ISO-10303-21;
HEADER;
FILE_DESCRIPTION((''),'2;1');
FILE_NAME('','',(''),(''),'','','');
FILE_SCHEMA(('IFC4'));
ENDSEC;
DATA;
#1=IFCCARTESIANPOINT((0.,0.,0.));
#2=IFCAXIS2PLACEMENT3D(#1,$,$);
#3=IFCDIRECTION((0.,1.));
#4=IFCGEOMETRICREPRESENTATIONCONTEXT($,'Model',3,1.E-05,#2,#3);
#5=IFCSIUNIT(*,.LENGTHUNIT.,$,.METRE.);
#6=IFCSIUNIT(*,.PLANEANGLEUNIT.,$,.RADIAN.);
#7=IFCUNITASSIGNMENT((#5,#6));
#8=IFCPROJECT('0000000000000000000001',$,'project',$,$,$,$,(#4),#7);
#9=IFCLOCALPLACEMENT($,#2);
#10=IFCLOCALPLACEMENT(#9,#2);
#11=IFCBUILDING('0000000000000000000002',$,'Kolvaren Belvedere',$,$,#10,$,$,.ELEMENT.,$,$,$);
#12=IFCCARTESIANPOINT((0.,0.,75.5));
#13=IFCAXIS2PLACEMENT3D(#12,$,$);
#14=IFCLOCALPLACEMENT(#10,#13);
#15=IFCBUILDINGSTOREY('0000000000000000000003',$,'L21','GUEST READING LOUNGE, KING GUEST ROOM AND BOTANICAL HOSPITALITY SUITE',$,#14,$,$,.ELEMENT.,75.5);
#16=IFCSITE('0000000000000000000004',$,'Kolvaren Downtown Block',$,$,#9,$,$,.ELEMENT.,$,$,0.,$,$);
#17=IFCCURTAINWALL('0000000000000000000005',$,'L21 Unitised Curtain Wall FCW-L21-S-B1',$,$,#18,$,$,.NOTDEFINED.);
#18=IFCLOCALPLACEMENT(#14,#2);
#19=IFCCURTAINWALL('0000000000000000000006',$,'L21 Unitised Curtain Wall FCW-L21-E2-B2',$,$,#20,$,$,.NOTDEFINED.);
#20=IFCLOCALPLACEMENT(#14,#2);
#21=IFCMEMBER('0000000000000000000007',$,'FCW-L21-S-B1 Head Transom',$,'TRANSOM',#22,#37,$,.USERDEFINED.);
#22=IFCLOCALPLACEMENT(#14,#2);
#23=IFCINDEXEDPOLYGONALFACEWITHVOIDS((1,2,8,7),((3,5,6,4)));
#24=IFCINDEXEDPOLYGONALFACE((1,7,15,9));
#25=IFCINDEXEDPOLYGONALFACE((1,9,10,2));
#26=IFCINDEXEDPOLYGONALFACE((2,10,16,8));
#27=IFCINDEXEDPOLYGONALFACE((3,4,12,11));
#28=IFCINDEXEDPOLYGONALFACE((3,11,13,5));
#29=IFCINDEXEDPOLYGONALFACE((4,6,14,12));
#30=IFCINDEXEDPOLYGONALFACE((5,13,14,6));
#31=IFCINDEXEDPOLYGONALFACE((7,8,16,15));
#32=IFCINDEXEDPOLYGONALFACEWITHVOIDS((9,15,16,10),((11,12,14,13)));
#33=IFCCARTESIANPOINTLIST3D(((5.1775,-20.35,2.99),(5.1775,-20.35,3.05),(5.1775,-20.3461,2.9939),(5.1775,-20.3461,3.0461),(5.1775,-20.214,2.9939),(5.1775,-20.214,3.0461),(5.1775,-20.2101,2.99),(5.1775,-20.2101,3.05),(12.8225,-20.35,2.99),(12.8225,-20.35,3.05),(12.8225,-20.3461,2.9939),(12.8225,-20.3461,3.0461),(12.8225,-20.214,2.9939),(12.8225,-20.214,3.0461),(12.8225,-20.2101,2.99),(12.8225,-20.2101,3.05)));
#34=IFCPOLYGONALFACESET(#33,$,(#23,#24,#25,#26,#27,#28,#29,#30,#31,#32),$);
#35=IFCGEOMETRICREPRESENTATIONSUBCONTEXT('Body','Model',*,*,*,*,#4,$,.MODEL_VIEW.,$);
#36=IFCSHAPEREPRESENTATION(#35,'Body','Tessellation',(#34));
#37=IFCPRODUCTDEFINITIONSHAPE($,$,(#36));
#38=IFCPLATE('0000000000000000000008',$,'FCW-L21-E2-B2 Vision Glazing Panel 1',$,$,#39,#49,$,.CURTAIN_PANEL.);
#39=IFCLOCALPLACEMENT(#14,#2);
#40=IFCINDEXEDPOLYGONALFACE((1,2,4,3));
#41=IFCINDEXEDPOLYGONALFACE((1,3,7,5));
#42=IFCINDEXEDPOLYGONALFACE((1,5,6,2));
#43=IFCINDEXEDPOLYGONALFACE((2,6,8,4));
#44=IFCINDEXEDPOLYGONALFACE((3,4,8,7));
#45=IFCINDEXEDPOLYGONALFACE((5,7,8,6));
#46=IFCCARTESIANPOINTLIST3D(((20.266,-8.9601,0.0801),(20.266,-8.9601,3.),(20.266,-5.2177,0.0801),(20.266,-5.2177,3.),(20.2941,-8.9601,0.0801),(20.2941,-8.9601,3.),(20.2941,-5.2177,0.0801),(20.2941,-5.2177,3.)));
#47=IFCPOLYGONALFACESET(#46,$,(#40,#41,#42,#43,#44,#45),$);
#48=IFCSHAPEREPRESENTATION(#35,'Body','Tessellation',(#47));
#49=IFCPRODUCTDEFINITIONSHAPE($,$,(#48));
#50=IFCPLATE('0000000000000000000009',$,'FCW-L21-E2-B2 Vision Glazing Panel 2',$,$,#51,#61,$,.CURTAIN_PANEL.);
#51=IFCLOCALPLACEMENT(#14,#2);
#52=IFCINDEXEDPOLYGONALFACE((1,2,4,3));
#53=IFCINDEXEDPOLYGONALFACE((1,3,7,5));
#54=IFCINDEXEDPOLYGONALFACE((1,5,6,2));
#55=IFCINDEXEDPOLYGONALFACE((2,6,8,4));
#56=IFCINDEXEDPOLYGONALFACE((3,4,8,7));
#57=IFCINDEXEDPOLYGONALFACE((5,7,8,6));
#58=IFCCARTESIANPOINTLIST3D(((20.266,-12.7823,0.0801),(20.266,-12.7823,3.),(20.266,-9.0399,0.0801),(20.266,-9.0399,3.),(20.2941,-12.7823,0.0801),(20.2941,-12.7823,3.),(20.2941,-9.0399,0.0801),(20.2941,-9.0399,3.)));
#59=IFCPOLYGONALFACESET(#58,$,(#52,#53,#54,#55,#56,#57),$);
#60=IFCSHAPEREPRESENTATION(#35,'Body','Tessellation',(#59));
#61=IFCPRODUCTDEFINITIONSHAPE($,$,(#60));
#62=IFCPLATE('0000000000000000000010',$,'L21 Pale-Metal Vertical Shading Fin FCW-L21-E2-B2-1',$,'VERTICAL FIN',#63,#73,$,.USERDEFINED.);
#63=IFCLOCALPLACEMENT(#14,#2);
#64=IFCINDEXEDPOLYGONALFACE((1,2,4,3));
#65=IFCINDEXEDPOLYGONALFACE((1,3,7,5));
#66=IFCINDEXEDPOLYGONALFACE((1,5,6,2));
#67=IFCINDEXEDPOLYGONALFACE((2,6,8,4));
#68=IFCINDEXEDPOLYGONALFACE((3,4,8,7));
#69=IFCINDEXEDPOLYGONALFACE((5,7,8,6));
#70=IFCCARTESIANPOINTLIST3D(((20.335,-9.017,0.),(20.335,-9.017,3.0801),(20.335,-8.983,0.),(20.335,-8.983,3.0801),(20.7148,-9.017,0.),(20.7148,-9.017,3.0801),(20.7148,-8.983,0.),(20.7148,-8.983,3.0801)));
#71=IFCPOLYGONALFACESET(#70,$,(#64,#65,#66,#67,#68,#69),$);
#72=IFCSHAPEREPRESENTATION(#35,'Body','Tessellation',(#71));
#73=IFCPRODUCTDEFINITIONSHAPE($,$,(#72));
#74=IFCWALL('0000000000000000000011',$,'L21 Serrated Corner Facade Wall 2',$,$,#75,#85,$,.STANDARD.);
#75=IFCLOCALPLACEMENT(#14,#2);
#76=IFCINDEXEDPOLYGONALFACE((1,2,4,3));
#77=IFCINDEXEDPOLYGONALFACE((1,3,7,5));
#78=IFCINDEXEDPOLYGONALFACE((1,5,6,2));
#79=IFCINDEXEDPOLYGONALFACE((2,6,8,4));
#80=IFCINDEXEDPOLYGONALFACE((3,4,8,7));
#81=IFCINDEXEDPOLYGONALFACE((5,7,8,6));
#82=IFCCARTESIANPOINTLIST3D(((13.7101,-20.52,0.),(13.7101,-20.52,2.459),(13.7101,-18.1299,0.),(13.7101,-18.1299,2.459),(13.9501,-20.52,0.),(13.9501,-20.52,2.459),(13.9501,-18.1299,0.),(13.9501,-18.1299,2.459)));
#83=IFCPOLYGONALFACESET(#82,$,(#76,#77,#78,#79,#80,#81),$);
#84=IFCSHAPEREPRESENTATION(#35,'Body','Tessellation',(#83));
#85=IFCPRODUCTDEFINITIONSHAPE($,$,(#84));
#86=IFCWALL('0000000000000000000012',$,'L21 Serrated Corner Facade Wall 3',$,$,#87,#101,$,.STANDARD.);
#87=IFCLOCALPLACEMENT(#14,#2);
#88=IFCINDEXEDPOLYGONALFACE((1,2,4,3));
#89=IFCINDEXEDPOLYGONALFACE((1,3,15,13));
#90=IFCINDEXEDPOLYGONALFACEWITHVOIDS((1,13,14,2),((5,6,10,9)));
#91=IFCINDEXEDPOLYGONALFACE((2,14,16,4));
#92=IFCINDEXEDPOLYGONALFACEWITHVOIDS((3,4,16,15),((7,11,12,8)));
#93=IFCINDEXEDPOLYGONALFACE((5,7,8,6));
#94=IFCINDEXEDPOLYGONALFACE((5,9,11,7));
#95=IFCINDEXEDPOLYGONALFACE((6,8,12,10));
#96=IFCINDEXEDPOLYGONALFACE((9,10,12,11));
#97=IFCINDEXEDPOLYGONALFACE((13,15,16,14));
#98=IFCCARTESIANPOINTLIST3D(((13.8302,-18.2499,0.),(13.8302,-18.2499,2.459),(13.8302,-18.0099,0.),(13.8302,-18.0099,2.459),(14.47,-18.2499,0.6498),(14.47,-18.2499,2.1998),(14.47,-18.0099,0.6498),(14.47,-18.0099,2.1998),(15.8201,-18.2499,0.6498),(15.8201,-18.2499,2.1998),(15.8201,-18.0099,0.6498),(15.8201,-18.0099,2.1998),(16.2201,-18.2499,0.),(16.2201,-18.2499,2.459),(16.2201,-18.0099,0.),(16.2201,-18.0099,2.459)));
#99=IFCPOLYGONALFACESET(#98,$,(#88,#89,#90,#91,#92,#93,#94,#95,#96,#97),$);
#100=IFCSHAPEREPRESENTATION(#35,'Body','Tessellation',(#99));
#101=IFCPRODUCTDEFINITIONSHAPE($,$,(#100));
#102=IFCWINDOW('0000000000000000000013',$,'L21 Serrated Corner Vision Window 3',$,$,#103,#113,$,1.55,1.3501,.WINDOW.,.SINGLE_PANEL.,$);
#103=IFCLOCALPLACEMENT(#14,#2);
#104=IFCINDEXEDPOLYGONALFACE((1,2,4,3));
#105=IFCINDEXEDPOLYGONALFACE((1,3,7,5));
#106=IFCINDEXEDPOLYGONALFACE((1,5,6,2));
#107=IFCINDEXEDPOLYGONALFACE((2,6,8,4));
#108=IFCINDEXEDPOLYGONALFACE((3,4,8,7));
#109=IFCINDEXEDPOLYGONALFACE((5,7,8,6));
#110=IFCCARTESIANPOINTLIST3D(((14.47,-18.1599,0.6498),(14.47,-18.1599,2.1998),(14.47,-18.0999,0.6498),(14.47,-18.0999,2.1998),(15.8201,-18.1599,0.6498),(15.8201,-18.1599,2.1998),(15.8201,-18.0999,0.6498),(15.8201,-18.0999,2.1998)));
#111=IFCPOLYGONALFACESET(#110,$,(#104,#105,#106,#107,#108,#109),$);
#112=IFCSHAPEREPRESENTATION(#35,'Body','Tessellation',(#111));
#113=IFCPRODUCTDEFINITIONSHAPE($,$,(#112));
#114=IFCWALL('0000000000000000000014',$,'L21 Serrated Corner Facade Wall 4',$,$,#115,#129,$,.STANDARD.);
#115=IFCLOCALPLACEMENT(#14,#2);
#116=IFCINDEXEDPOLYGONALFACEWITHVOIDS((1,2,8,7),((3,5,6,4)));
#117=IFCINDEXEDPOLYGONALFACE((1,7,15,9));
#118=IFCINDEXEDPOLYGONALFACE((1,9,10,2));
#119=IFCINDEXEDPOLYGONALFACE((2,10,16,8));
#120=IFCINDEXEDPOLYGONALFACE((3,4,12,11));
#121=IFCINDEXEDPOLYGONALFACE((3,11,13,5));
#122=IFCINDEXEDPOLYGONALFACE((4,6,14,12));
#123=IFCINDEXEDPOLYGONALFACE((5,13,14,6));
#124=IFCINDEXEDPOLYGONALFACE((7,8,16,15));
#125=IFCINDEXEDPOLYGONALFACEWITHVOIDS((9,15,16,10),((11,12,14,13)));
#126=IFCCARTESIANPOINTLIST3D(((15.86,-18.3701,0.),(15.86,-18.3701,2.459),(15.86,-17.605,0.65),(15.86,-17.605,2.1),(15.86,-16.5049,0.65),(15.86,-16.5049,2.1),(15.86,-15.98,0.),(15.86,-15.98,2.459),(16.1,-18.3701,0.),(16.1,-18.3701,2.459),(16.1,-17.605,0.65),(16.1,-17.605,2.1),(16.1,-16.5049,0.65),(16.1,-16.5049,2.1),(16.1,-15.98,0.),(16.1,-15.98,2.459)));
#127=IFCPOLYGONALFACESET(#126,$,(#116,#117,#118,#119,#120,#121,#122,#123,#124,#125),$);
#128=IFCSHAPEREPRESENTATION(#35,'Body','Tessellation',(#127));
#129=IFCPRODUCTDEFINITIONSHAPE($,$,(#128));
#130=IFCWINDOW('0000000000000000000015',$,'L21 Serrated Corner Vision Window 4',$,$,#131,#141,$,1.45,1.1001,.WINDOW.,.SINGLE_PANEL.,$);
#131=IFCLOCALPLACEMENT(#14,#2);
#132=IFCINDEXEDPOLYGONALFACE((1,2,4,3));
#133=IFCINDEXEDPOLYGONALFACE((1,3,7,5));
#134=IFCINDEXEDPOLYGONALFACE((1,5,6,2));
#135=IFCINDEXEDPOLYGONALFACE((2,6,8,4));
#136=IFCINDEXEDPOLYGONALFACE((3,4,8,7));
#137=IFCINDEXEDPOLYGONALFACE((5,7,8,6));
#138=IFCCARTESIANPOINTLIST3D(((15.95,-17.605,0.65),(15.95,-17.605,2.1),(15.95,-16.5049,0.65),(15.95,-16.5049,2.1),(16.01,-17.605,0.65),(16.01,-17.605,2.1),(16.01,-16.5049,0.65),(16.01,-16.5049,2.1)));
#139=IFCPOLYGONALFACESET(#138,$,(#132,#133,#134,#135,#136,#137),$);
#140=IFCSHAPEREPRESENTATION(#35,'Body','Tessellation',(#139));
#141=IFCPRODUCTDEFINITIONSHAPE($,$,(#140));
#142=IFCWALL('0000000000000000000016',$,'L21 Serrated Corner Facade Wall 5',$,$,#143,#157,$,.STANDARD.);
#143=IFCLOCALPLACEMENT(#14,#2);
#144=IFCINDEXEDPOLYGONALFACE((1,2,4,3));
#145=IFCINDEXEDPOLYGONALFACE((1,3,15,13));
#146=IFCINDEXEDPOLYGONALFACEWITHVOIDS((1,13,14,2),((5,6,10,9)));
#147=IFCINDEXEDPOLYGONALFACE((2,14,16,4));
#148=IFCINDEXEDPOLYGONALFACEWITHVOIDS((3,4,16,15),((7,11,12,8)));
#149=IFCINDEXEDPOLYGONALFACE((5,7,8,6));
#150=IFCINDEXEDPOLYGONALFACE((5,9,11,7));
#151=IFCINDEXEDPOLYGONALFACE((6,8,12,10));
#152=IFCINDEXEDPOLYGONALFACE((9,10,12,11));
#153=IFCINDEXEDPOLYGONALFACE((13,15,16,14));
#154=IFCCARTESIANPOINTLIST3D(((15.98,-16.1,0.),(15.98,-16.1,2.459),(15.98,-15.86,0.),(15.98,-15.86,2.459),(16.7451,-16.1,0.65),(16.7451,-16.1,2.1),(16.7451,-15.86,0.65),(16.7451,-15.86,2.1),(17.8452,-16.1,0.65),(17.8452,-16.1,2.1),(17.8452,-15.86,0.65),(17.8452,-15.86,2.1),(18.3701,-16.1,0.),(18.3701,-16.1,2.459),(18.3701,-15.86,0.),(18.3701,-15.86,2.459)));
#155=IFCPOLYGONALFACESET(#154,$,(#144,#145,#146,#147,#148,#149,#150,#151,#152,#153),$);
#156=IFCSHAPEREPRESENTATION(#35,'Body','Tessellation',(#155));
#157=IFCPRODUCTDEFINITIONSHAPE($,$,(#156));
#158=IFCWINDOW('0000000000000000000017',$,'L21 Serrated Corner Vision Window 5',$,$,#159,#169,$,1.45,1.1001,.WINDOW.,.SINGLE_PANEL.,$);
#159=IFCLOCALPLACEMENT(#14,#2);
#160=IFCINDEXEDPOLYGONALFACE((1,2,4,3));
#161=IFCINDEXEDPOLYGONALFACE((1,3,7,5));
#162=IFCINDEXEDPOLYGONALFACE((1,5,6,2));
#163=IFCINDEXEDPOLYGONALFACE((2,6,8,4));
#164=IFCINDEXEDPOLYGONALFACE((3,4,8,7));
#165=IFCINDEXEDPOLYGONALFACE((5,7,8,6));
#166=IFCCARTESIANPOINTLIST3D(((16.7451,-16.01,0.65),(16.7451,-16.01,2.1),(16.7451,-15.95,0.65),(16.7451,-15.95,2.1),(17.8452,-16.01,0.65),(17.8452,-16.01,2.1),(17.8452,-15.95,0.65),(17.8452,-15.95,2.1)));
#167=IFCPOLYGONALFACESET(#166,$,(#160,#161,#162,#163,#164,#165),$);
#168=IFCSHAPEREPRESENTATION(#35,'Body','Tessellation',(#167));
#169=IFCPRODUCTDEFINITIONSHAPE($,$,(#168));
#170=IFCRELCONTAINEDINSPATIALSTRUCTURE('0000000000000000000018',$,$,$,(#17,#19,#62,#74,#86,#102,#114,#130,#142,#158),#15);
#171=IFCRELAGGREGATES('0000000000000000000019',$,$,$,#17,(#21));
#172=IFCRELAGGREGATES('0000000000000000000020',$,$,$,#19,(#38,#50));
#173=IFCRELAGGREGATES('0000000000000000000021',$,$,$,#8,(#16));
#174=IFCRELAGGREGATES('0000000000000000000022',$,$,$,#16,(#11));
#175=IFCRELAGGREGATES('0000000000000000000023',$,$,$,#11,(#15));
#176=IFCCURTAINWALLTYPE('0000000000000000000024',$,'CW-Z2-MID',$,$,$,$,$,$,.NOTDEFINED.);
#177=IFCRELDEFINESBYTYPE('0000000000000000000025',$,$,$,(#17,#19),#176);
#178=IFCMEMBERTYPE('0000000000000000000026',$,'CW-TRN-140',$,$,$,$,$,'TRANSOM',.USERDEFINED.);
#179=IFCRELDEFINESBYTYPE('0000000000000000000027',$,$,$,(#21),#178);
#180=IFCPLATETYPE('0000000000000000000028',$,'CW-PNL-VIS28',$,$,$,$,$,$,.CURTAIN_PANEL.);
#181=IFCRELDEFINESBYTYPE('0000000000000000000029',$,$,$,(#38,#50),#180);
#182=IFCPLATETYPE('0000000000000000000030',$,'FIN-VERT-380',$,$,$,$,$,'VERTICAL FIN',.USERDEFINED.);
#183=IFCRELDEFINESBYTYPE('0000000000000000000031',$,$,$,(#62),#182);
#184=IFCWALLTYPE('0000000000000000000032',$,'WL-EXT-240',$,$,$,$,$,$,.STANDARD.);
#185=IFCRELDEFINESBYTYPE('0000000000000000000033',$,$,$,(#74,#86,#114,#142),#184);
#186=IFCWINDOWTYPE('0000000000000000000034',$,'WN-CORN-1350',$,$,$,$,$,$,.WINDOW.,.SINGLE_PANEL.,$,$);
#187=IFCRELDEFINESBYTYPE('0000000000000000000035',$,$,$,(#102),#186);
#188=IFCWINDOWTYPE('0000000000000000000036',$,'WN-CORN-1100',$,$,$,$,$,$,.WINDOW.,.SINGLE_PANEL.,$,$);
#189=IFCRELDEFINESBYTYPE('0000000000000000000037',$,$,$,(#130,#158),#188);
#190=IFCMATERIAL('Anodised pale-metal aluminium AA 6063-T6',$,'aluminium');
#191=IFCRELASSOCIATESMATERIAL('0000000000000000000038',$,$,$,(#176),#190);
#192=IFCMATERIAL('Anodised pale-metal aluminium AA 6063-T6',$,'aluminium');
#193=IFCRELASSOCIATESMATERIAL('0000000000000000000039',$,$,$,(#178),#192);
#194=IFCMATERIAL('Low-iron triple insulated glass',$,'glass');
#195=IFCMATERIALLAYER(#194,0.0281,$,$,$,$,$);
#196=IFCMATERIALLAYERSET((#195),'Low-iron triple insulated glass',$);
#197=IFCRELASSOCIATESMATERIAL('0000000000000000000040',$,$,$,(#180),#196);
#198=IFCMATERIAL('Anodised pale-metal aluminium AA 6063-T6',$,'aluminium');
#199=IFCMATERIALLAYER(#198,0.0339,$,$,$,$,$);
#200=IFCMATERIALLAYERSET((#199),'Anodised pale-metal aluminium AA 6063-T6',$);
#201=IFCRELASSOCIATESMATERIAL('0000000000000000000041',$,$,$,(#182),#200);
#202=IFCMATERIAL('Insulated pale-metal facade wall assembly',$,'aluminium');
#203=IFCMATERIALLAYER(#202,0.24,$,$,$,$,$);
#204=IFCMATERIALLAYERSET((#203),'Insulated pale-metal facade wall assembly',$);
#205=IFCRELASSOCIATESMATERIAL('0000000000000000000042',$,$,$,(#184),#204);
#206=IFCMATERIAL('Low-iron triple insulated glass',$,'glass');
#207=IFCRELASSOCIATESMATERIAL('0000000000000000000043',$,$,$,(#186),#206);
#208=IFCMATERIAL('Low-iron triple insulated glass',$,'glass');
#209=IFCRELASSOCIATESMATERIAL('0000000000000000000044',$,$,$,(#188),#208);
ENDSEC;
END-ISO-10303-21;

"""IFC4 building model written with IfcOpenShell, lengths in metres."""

from ifc_helpers import new_model, si_unit, direction, frame, frame_2d, origin, origin_2d, place, context, subcontext, project, spatial, rectangle, hollow_rectangle, extrude, material, layer, layer_set, material_profile, profile_set, type_object, element, fill, aggregate, save


model = new_model("IFC4")

# Units and contexts
model_context = context("Model", 3, precision=1e-05, world=origin(), true_north=direction((0.0, 1.0)))
body_context = subcontext(model_context, "Body", "Model", "MODEL_VIEW")
ifc_project = project(units=[si_unit("LENGTHUNIT", "METRE"), si_unit("PLANEANGLEUNIT", "RADIAN")], contexts=[model_context])

# Site, building, storey
site_placement = place(None, origin())
site = spatial("IfcSite", under=ifc_project, at=site_placement, Name="Kolvaren Downtown Block", CompositionType="ELEMENT", RefElevation=0.0)
building_placement = place(site_placement, origin())
building = spatial("IfcBuilding", under=site, at=building_placement, Name="Kolvaren Belvedere", CompositionType="ELEMENT")
storey_placement = place(building_placement, frame((0.0, 0.0, 75.5)))
storey = spatial("IfcBuildingStorey", under=building, at=storey_placement, Name="L21", Description="GUEST READING LOUNGE, KING GUEST ROOM AND BOTANICAL HOSPITALITY SUITE", CompositionType="ELEMENT", Elevation=75.5)

# Curtain wall
ifc_material_1 = material(Name="Anodised pale-metal aluminium AA 6063-T6", Category="aluminium")
curtain_wall_type = type_object("IfcCurtainWallType", Name="CW-Z2-MID", PredefinedType="NOTDEFINED", material=ifc_material_1)
curtain_wall_1_placement = place(storey_placement, origin())
curtain_wall_1 = element("IfcCurtainWall", 1, at=curtain_wall_1_placement, inside=storey, type_object=curtain_wall_type, Name="L21 Unitised Curtain Wall FCW-L21-S-B1", PredefinedType="NOTDEFINED")

# Curtain wall
curtain_wall_2_placement = place(storey_placement, origin())
curtain_wall_2 = element("IfcCurtainWall", 2, at=curtain_wall_2_placement, inside=storey, type_object=curtain_wall_type, Name="L21 Unitised Curtain Wall FCW-L21-E2-B2", PredefinedType="NOTDEFINED")

# Member
ifc_material_2 = material(Name="Anodised pale-metal aluminium AA 6063-T6", Category="aluminium")
ifc_material_profile_1 = material_profile(ifc_material_2, hollow_rectangle(XDim=0.0601, YDim=0.1399, WallThickness=0.0039, at=origin_2d()), Name="ALU-TRN-140X60")
ifc_profile_set_1 = profile_set([ifc_material_profile_1], Name="Anodised pale-metal aluminium AA 6063-T6")
member_type_1 = type_object("IfcMemberType", Name="CW-TRN-140", ElementType="TRANSOM", PredefinedType="USERDEFINED", material=ifc_profile_set_1)
member_1_placement = place(storey_placement, frame((12.8225, -20.28, 3.02), z_axis=(-1.0, 0.0, 0.0), x_axis=(0.0, 0.0, 1.0)))
member_1 = element("IfcMember", 3, at=member_1_placement, type_object=member_type_1, Name="FCW-L21-S-B1 Head Transom", ObjectType="TRANSOM", PredefinedType="USERDEFINED", context=body_context, shape_type="SweptSolid", body=[
    extrude(hollow_rectangle(XDim=0.0601, YDim=0.1399, WallThickness=0.0039, at=origin_2d()), origin(), (0.0, 0.0, 1.0), 7.645),
])
aggregate(curtain_wall_1, [member_1])

# Plates
ifc_material_3 = material(Name="Low-iron triple insulated glass", Category="glass")
ifc_layer_1 = layer(ifc_material_3, 0.0281)
ifc_layer_set_1 = layer_set([ifc_layer_1], Name="Low-iron triple insulated glass")
plate_type_1 = type_object("IfcPlateType", Name="CW-PNL-VIS28", PredefinedType="CURTAIN_PANEL", material=ifc_layer_set_1)
plate_1_placement = place(storey_placement, frame((20.28, -7.0889, 0.0801), z_axis=(0.0, 0.0, 1.0), x_axis=(0.0, -1.0, 0.0)))
plate_1 = element("IfcPlate", 4, at=plate_1_placement, type_object=plate_type_1, Name="FCW-L21-E2-B2 Vision Glazing Panel 1", PredefinedType="CURTAIN_PANEL", context=body_context, shape_type="SweptSolid", body=[
    extrude(rectangle(XDim=3.7424, YDim=0.0281, at=origin_2d()), origin(), (0.0, 0.0, 1.0), 2.9199),
])
plate_2_placement = place(storey_placement, frame((20.28, -10.9111, 0.0801), z_axis=(0.0, 0.0, 1.0), x_axis=(0.0, -1.0, 0.0)))
plate_2 = element("IfcPlate", 5, at=plate_2_placement, type_object=plate_type_1, Name="FCW-L21-E2-B2 Vision Glazing Panel 2", PredefinedType="CURTAIN_PANEL", context=body_context, shape_type="SweptSolid", body=[
    extrude(rectangle(XDim=3.7424, YDim=0.0281, at=origin_2d()), origin(), (0.0, 0.0, 1.0), 2.9199),
])
aggregate(curtain_wall_2, [plate_1, plate_2])
ifc_material_4 = material(Name="Anodised pale-metal aluminium AA 6063-T6", Category="aluminium")
ifc_layer_2 = layer(ifc_material_4, 0.0339)
ifc_layer_set_2 = layer_set([ifc_layer_2], Name="Anodised pale-metal aluminium AA 6063-T6")
plate_type_2 = type_object("IfcPlateType", Name="FIN-VERT-380", ElementType="VERTICAL FIN", PredefinedType="USERDEFINED", material=ifc_layer_set_2)
plate_3_placement = place(storey_placement, frame((20.5249, -9.0, 0.0), z_axis=(0.0, 0.0, 1.0), x_axis=(1.0, 0.0, 0.0)))
element("IfcPlate", 6, at=plate_3_placement, inside=storey, type_object=plate_type_2, Name="L21 Pale-Metal Vertical Shading Fin FCW-L21-E2-B2-1", ObjectType="VERTICAL FIN", PredefinedType="USERDEFINED", context=body_context, shape_type="SweptSolid", body=[
    extrude(rectangle(XDim=0.3799, YDim=0.0339, at=origin_2d()), origin(), (0.0, 0.0, 1.0), 3.0801),
])

# Wall
ifc_material_5 = material(Name="Insulated pale-metal facade wall assembly", Category="aluminium")
ifc_layer_3 = layer(ifc_material_5, 0.24)
ifc_layer_set_3 = layer_set([ifc_layer_3], Name="Insulated pale-metal facade wall assembly")
wall_type_1 = type_object("IfcWallType", Name="WL-EXT-240", PredefinedType="STANDARD", material=ifc_layer_set_3)
wall_1_placement = place(storey_placement, frame((13.8301, -18.1299, 0.0), z_axis=(0.0, 0.0, 1.0), x_axis=(0.0, -1.0, 0.0)))
element("IfcWall", 7, at=wall_1_placement, inside=storey, type_object=wall_type_1, Name="L21 Serrated Corner Facade Wall 2", PredefinedType="STANDARD", context=body_context, shape_type="SweptSolid", body=[
    extrude(rectangle(XDim=2.3901, YDim=0.24, at=frame_2d((1.1951, 0.0))), origin(), (0.0, 0.0, 1.0), 2.459),
])

# Walls, openings, windows
wall_2_placement = place(storey_placement, frame((16.22, -18.1299, 0.0), z_axis=(0.0, 0.0, 1.0), x_axis=(-1.0, 0.0, 0.0)))
wall_2 = element("IfcWall", 8, at=wall_2_placement, inside=storey, type_object=wall_type_1, Name="L21 Serrated Corner Facade Wall 3", PredefinedType="STANDARD", context=body_context, shape_type="SweptSolid", body=[
    extrude(rectangle(XDim=2.3899, YDim=0.24, at=frame_2d((1.1948, 0.0))), origin(), (0.0, 0.0, 1.0), 2.459),
])
opening_1_placement = place(wall_2_placement, frame((0.3999, 0.0, 0.6499)))
opening_1 = element("IfcOpeningElement", 9, at=opening_1_placement, cuts=wall_2, PredefinedType="OPENING", context=body_context, shape_type="SweptSolid", body=[
    extrude(rectangle(XDim=1.3501, YDim=1.55, at=frame_2d((0.675, 0.7749))), frame((0.0, 0.1299, 0.0), z_axis=(0.0, -1.0, 0.0), x_axis=(1.0, 0.0, 0.0)), (0.0, 0.0, 1.0), 0.26),
])
ifc_material_6 = material(Name="Low-iron triple insulated glass", Category="glass")
window_type_1 = type_object("IfcWindowType", Name="WN-CORN-1350", PartitioningType="SINGLE_PANEL", PredefinedType="WINDOW", material=ifc_material_6)
window_1_placement = place(opening_1_placement, origin())
window_1 = element("IfcWindow", 10, at=window_1_placement, inside=storey, type_object=window_type_1, Name="L21 Serrated Corner Vision Window 3", OverallHeight=1.55, OverallWidth=1.3501, PartitioningType="SINGLE_PANEL", PredefinedType="WINDOW", context=body_context, shape_type="SweptSolid", body=[
    extrude(rectangle(XDim=1.3501, YDim=1.55, at=frame_2d((0.675, 0.7749))), frame((0.0, 0.03, 0.0), z_axis=(0.0, -1.0, 0.0), x_axis=(1.0, 0.0, 0.0)), (0.0, 0.0, 1.0), 0.0601),
])
fill(opening_1, window_1)
wall_3_placement = place(storey_placement, frame((15.98, -15.98, 0.0), z_axis=(0.0, 0.0, 1.0), x_axis=(0.0, -1.0, 0.0)))
wall_3 = element("IfcWall", 11, at=wall_3_placement, inside=storey, type_object=wall_type_1, Name="L21 Serrated Corner Facade Wall 4", PredefinedType="STANDARD", context=body_context, shape_type="SweptSolid", body=[
    extrude(rectangle(XDim=2.3901, YDim=0.24, at=frame_2d((1.1951, 0.0))), origin(), (0.0, 0.0, 1.0), 2.459),
])
opening_2_placement = place(wall_3_placement, frame((0.5249, 0.0, 0.6499)))
opening_2 = element("IfcOpeningElement", 12, at=opening_2_placement, cuts=wall_3, PredefinedType="OPENING", context=body_context, shape_type="SweptSolid", body=[
    extrude(rectangle(XDim=1.1001, YDim=1.45, at=frame_2d((0.55, 0.7251))), frame((0.0, 0.1299, 0.0), z_axis=(0.0, -1.0, 0.0), x_axis=(1.0, 0.0, 0.0)), (0.0, 0.0, 1.0), 0.26),
])
ifc_material_7 = material(Name="Low-iron triple insulated glass", Category="glass")
window_type_2 = type_object("IfcWindowType", Name="WN-CORN-1100", PartitioningType="SINGLE_PANEL", PredefinedType="WINDOW", material=ifc_material_7)
window_2_placement = place(opening_2_placement, origin())
window_2 = element("IfcWindow", 13, at=window_2_placement, inside=storey, type_object=window_type_2, Name="L21 Serrated Corner Vision Window 4", OverallHeight=1.45, OverallWidth=1.1001, PartitioningType="SINGLE_PANEL", PredefinedType="WINDOW", context=body_context, shape_type="SweptSolid", body=[
    extrude(rectangle(XDim=1.1001, YDim=1.45, at=frame_2d((0.55, 0.7251))), frame((0.0, 0.03, 0.0), z_axis=(0.0, -1.0, 0.0), x_axis=(1.0, 0.0, 0.0)), (0.0, 0.0, 1.0), 0.0601),
])
fill(opening_2, window_2)
wall_4_placement = place(storey_placement, frame((18.3701, -15.98, 0.0), z_axis=(0.0, 0.0, 1.0), x_axis=(-1.0, 0.0, 0.0)))
wall_4 = element("IfcWall", 14, at=wall_4_placement, inside=storey, type_object=wall_type_1, Name="L21 Serrated Corner Facade Wall 5", PredefinedType="STANDARD", context=body_context, shape_type="SweptSolid", body=[
    extrude(rectangle(XDim=2.3901, YDim=0.24, at=frame_2d((1.1951, 0.0))), origin(), (0.0, 0.0, 1.0), 2.459),
])
opening_3_placement = place(wall_4_placement, frame((0.5249, 0.0, 0.6499)))
opening_3 = element("IfcOpeningElement", 15, at=opening_3_placement, cuts=wall_4, PredefinedType="OPENING", context=body_context, shape_type="SweptSolid", body=[
    extrude(rectangle(XDim=1.1001, YDim=1.45, at=frame_2d((0.55, 0.7251))), frame((0.0, 0.1299, 0.0), z_axis=(0.0, -1.0, 0.0), x_axis=(1.0, 0.0, 0.0)), (0.0, 0.0, 1.0), 0.26),
])
window_3_placement = place(opening_3_placement, origin())
window_3 = element("IfcWindow", 16, at=window_3_placement, inside=storey, type_object=window_type_2, Name="L21 Serrated Corner Vision Window 5", OverallHeight=1.45, OverallWidth=1.1001, PartitioningType="SINGLE_PANEL", PredefinedType="WINDOW", context=body_context, shape_type="SweptSolid", body=[
    extrude(rectangle(XDim=1.1001, YDim=1.45, at=frame_2d((0.55, 0.7251))), frame((0.0, 0.03, 0.0), z_axis=(0.0, -1.0, 0.0), x_axis=(1.0, 0.0, 0.0)), (0.0, 0.0, 1.0), 0.0601),
])
fill(opening_3, window_3)

save(model, "model.ifc")
